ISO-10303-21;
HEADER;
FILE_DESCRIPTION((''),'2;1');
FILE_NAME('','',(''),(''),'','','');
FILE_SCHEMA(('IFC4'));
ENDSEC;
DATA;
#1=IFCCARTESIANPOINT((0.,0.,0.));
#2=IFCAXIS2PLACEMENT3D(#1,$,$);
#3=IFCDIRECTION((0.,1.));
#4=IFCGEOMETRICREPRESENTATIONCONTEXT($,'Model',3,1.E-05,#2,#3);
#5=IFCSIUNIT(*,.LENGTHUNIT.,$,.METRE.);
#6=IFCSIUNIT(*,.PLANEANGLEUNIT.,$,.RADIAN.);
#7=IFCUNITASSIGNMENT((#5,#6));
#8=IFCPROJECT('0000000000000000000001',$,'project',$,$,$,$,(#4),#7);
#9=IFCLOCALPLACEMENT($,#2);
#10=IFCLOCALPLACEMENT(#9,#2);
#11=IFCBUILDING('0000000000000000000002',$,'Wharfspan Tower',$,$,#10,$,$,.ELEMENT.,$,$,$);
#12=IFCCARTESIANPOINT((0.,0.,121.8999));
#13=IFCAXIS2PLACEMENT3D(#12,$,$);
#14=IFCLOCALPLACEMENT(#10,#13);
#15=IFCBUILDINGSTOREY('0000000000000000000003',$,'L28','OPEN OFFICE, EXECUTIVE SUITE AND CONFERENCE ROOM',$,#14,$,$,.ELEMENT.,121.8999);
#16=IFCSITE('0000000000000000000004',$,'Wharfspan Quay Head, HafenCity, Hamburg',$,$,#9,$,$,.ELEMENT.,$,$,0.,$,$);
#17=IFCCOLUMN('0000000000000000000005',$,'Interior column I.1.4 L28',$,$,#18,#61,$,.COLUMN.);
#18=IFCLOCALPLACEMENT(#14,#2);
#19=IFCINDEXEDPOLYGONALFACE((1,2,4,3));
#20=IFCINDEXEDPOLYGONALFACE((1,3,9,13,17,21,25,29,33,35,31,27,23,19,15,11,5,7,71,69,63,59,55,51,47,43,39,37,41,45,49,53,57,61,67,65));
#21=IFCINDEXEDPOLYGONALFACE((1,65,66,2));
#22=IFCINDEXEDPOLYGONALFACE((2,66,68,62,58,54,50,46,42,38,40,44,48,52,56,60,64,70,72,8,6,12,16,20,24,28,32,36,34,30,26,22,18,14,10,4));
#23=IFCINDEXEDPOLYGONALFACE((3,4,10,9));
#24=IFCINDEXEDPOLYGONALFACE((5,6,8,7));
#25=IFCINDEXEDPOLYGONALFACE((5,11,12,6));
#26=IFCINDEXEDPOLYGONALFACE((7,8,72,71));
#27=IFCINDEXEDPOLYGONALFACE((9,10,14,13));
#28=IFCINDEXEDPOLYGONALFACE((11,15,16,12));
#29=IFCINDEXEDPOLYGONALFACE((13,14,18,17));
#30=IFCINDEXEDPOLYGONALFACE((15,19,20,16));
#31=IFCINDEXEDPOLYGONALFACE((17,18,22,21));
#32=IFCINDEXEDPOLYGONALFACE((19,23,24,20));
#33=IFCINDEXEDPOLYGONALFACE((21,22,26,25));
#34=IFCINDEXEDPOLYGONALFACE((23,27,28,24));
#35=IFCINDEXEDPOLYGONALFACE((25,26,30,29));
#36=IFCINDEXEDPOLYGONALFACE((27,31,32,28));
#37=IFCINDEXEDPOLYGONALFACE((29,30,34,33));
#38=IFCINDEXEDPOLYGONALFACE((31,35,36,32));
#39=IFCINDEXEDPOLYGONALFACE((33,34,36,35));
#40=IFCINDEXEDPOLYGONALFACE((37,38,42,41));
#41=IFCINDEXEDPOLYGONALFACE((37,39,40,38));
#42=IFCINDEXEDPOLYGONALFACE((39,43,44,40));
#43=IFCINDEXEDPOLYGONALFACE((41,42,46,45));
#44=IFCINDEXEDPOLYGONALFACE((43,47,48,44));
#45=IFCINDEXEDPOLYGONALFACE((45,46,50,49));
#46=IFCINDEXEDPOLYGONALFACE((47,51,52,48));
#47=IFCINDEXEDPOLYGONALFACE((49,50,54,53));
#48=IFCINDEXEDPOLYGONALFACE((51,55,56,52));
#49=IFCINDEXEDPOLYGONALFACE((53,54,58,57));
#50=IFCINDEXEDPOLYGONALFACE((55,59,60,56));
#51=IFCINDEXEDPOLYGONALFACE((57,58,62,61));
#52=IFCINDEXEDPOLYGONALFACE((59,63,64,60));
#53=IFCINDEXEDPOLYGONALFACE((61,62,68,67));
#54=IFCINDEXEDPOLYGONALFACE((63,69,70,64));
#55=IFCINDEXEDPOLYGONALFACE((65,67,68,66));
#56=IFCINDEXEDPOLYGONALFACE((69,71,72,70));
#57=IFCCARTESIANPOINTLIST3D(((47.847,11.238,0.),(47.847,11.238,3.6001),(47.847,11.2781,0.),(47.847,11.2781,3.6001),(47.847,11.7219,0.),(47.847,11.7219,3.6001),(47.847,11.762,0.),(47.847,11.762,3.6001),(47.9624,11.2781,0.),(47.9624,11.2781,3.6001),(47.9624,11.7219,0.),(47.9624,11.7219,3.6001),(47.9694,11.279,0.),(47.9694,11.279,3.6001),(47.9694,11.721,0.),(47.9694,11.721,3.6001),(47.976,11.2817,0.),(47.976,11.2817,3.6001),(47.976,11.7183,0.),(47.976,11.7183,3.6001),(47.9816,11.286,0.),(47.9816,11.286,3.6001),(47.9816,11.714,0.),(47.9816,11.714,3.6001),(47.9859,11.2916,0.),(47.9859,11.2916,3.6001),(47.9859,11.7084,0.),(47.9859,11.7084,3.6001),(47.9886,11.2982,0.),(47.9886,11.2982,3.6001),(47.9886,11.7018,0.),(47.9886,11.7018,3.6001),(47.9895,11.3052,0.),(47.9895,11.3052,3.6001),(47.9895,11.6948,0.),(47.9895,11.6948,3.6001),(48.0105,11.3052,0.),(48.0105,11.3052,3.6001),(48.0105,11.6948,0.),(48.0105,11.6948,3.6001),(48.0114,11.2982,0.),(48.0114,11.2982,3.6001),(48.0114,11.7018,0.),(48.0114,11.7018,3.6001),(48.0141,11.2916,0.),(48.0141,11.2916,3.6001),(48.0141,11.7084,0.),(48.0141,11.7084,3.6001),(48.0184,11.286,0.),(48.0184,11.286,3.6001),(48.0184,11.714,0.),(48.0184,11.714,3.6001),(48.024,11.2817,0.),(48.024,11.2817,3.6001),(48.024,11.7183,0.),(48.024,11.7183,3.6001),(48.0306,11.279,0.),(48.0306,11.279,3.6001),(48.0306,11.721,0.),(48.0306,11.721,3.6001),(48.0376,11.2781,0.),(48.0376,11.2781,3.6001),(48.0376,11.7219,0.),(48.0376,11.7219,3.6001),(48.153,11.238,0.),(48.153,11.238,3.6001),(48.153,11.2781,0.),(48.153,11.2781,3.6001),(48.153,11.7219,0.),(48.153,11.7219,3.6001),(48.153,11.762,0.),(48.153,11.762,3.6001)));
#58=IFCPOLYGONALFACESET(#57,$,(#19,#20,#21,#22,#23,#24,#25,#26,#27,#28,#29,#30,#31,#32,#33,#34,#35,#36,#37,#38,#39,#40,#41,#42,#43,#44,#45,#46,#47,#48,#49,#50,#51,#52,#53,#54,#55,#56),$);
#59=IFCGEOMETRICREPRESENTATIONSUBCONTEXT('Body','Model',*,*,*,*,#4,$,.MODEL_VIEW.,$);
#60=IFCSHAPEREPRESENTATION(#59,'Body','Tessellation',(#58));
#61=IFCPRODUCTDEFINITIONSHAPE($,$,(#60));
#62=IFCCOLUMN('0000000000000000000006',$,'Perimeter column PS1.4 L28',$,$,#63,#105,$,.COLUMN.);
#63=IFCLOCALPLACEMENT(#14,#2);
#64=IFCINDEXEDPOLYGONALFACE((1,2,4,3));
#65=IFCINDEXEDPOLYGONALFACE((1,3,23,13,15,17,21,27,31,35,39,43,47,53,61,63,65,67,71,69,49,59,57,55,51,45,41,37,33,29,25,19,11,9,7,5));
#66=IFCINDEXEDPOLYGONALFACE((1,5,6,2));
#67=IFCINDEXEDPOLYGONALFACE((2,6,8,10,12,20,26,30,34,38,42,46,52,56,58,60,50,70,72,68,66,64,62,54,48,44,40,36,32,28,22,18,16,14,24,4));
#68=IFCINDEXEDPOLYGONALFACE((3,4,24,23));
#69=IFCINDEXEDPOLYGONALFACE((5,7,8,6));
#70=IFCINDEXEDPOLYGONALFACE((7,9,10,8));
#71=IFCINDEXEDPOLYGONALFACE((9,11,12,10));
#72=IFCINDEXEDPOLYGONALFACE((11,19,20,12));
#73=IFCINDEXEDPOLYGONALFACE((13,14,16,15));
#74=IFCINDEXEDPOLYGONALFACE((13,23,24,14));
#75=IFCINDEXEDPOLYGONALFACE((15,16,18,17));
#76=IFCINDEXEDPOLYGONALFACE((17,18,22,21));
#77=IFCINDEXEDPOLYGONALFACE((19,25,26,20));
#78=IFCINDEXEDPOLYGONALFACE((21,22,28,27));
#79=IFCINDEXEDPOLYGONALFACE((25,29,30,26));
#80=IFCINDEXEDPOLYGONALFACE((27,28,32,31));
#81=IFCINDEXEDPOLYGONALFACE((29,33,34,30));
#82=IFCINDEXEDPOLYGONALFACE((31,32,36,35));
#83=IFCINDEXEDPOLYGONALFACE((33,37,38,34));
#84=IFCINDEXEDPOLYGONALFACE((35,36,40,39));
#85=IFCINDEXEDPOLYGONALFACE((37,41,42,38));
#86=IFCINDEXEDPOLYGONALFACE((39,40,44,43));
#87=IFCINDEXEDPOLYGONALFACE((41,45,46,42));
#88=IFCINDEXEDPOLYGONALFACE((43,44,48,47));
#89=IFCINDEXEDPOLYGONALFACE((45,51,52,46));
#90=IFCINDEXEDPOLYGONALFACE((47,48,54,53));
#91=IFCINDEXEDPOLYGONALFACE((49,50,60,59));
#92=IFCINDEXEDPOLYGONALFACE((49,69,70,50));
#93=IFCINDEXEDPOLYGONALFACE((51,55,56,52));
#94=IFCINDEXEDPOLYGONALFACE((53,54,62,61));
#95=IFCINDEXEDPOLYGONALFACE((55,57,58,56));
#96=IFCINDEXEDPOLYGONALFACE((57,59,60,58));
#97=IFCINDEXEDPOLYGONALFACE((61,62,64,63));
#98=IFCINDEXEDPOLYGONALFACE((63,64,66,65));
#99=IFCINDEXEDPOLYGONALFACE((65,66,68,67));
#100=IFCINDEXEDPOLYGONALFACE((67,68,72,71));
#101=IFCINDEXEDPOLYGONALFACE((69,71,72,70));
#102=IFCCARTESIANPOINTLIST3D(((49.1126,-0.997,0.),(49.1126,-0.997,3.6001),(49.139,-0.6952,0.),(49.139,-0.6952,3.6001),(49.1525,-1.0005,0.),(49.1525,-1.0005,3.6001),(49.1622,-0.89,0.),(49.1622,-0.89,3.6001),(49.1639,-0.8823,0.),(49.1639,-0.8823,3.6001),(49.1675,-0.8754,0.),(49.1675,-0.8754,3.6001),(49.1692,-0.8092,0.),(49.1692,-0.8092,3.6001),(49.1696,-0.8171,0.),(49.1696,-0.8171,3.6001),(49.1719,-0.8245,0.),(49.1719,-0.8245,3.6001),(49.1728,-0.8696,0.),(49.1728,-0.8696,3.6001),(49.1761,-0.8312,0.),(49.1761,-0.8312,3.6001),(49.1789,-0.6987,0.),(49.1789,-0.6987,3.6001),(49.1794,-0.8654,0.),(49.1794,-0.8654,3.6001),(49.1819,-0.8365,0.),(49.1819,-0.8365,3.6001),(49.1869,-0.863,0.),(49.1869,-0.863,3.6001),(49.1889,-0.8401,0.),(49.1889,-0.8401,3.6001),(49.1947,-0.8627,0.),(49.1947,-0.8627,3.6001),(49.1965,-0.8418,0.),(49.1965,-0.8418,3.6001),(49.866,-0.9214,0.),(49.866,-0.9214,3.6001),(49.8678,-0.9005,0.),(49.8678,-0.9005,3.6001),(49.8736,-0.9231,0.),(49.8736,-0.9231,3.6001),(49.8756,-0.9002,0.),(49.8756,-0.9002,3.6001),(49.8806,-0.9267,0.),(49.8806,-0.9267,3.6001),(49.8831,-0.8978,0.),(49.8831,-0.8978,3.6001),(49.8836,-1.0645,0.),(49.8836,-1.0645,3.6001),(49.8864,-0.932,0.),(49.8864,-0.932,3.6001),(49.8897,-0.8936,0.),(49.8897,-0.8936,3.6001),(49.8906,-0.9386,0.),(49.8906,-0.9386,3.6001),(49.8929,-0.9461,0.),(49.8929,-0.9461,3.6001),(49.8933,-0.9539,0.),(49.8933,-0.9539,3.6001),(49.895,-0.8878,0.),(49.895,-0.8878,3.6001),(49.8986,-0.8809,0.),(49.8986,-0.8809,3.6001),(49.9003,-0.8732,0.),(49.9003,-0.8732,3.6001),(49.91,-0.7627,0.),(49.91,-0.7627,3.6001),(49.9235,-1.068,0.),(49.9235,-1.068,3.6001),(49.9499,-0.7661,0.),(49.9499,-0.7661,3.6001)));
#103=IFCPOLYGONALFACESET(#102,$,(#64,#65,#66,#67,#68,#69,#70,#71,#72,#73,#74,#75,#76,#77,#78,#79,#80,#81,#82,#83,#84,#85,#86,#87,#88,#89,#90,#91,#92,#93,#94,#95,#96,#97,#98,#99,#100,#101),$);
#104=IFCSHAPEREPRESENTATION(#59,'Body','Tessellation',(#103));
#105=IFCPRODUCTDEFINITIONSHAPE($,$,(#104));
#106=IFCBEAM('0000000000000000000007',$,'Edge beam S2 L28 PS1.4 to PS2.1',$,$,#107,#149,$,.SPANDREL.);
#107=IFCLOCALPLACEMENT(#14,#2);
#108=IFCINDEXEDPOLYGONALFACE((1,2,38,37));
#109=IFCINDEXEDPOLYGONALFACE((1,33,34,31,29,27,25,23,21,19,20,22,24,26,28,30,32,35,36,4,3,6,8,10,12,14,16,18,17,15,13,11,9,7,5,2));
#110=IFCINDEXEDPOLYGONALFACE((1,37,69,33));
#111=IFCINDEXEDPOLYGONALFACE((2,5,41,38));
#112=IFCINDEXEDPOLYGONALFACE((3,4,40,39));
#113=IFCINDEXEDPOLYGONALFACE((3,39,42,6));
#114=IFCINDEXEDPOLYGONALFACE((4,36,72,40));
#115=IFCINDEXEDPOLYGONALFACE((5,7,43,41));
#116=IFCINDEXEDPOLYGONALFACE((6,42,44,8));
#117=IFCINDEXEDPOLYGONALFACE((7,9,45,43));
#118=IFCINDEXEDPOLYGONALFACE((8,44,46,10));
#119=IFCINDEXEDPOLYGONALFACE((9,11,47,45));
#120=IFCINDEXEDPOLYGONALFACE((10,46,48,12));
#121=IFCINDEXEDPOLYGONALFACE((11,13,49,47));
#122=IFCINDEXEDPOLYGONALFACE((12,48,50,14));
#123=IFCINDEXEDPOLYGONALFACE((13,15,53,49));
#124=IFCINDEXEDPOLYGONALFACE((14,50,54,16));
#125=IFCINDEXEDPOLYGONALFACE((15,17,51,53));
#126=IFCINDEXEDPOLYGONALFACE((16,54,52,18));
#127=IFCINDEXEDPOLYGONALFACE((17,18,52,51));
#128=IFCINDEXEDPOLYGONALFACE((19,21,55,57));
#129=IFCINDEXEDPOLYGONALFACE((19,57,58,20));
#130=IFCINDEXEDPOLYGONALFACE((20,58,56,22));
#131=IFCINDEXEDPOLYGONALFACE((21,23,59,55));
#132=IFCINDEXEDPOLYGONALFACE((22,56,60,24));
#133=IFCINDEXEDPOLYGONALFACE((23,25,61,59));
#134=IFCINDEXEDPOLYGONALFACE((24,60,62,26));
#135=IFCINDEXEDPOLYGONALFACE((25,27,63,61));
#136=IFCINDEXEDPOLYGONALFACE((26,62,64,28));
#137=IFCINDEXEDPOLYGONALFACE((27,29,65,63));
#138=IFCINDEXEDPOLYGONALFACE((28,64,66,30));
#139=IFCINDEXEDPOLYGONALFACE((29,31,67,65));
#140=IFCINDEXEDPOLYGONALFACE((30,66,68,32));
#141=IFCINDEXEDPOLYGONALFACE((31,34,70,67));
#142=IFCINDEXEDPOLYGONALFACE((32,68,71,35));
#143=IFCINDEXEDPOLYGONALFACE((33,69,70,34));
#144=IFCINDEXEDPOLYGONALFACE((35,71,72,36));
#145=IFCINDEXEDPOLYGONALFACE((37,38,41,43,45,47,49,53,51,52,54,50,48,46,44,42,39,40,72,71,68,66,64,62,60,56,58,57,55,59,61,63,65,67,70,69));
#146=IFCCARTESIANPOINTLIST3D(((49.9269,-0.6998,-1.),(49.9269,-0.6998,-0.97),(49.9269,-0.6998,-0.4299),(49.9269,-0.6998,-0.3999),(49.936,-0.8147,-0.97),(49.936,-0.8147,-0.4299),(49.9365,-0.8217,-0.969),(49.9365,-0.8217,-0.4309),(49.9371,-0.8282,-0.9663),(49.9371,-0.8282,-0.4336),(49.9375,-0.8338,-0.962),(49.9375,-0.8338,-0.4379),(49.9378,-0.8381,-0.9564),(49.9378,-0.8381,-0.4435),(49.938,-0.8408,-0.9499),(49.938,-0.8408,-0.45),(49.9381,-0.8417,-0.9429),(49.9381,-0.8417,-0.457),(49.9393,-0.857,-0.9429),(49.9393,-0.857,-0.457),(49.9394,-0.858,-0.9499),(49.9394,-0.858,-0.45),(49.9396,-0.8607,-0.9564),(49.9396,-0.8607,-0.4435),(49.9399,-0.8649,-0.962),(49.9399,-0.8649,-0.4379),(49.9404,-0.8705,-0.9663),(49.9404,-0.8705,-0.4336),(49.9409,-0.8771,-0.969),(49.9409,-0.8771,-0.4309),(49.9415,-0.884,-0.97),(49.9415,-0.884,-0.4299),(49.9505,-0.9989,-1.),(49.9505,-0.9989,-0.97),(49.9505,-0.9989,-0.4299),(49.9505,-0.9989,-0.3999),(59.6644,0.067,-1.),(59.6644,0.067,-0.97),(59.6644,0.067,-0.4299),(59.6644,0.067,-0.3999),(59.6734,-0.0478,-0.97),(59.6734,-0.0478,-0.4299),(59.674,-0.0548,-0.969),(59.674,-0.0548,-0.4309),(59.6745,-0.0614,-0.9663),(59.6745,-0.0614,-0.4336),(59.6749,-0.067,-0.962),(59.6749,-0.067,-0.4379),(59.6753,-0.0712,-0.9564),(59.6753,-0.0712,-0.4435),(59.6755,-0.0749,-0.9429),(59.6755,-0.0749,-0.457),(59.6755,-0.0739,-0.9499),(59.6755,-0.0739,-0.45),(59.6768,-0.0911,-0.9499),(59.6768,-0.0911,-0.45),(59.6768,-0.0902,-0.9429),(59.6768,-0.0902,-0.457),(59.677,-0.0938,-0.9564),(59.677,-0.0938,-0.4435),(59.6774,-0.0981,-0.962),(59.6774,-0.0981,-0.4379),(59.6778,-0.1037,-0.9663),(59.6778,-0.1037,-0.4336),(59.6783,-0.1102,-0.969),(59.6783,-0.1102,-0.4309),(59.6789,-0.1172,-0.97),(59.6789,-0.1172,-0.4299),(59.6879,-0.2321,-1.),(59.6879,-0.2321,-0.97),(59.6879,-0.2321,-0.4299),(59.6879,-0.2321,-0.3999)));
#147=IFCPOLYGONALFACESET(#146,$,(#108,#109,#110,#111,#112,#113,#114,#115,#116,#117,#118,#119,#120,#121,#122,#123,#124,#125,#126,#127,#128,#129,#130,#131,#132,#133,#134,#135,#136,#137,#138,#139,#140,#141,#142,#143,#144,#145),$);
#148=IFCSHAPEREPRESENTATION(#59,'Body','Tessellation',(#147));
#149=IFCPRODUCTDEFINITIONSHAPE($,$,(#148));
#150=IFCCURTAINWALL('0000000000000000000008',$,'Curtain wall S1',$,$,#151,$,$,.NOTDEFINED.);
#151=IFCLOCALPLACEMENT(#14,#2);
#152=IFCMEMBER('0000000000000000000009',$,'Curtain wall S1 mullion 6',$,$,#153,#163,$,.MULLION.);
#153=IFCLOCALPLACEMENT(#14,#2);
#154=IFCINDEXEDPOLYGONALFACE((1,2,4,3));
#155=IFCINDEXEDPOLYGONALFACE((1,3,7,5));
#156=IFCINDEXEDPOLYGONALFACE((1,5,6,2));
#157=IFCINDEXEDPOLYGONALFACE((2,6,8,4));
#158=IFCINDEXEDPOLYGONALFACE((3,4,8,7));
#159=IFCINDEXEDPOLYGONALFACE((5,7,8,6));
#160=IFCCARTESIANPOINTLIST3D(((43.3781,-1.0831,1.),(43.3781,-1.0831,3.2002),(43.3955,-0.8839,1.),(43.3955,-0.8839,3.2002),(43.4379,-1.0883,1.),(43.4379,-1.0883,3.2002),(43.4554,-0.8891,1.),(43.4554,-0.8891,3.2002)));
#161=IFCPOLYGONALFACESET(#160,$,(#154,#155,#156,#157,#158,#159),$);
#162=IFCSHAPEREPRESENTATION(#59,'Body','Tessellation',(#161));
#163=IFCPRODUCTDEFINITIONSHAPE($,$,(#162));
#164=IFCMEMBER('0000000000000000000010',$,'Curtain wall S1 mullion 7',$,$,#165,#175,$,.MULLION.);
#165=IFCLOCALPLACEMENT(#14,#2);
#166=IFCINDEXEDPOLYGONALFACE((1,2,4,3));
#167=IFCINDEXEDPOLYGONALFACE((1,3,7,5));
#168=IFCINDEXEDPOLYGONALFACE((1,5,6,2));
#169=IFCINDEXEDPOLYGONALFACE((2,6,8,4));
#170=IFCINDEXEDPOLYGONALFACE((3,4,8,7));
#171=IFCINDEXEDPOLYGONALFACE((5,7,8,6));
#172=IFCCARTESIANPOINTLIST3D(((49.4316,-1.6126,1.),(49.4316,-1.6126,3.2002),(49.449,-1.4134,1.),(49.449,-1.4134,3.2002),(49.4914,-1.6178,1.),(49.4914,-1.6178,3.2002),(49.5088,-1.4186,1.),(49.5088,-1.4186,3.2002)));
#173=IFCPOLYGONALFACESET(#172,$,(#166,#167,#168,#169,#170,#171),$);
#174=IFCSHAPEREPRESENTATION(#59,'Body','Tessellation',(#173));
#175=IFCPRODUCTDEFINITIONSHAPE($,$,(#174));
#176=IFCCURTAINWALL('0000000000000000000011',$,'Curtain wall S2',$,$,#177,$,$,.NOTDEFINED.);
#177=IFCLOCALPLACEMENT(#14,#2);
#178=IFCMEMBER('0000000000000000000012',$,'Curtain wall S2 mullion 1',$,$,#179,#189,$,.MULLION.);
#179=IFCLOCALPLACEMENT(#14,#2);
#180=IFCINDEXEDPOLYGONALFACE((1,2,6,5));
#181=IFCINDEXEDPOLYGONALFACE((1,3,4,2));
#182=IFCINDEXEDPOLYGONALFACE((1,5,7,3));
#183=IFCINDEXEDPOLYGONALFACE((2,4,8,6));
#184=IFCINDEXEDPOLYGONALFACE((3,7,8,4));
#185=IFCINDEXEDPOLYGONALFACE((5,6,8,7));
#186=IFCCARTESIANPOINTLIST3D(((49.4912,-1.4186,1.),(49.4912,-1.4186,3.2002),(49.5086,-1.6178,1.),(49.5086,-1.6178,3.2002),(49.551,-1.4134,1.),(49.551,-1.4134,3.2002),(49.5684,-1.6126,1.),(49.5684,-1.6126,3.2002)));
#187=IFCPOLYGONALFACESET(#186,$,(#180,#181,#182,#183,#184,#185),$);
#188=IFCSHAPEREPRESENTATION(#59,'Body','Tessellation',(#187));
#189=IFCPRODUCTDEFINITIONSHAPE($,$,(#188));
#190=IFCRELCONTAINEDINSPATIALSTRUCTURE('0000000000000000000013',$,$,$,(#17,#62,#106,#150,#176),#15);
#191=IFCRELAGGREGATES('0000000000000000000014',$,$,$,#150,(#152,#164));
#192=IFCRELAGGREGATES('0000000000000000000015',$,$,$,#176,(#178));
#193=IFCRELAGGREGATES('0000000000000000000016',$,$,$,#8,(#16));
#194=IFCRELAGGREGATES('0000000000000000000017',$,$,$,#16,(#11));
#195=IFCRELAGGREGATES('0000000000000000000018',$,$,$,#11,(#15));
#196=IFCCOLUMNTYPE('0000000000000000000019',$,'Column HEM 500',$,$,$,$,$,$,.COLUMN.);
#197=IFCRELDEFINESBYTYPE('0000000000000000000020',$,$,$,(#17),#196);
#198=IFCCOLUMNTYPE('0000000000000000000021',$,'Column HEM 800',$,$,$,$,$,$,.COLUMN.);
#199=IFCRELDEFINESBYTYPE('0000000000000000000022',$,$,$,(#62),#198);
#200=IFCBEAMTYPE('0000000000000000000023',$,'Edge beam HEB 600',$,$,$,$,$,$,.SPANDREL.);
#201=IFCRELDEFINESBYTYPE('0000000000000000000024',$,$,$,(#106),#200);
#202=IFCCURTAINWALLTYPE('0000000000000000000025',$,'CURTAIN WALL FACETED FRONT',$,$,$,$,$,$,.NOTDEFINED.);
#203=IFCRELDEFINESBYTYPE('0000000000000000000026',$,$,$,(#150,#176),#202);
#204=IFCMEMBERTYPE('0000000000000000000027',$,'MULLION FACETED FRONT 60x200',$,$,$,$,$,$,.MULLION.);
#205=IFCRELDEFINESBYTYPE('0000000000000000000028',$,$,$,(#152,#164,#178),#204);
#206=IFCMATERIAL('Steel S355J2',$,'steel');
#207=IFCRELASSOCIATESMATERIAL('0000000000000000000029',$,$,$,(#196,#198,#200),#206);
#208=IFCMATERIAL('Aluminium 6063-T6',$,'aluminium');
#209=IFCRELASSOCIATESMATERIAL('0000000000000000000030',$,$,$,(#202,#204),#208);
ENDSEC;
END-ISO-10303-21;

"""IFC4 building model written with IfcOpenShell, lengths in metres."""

from ifc_helpers import new_model, si_unit, direction, frame, origin, origin_2d, place, context, subcontext, project, spatial, rectangle, i_section, extrude, material, material_profile, profile_set, type_object, element, aggregate, save


model = new_model("IFC4")

# Units and contexts
model_context = context("Model", 3, precision=1e-05, world=origin(), true_north=direction((0.0, 1.0)))
body_context = subcontext(model_context, "Body", "Model", "MODEL_VIEW")
ifc_project = project(units=[si_unit("LENGTHUNIT", "METRE"), si_unit("PLANEANGLEUNIT", "RADIAN")], contexts=[model_context])

# Site, building, storey
site_placement = place(None, origin())
site = spatial("IfcSite", under=ifc_project, at=site_placement, Name="Wharfspan Quay Head, HafenCity, Hamburg", CompositionType="ELEMENT", RefElevation=0.0)
building_placement = place(site_placement, origin())
building = spatial("IfcBuilding", under=site, at=building_placement, Name="Wharfspan Tower", CompositionType="ELEMENT")
storey_placement = place(building_placement, frame((0.0, 0.0, 121.8999)))
storey = spatial("IfcBuildingStorey", under=building, at=storey_placement, Name="L28", Description="OPEN OFFICE, EXECUTIVE SUITE AND CONFERENCE ROOM", CompositionType="ELEMENT", Elevation=121.8999)

# Columns
ifc_material_1 = material(Name="Steel S355J2", Category="steel")
ifc_material_profile_1 = material_profile(ifc_material_1, i_section(OverallWidth=0.3059, OverallDepth=0.5239, WebThickness=0.021, FlangeThickness=0.04, FilletRadius=0.0271, at=origin_2d()))
ifc_profile_set_1 = profile_set([ifc_material_profile_1], Name="Steel S355J2")
column_type_1 = type_object("IfcColumnType", Name="Column HEM 500", PredefinedType="COLUMN", material=ifc_profile_set_1)
column_1_placement = place(storey_placement, frame((48.0, 11.5, 0.0), z_axis=(0.0, 0.0, 1.0), x_axis=(1.0, 0.0, 0.0)))
element("IfcColumn", 1, at=column_1_placement, inside=storey, type_object=column_type_1, Name="Interior column I.1.4 L28", PredefinedType="COLUMN", context=body_context, shape_type="SweptSolid", body=[
    extrude(i_section(OverallWidth=0.3059, OverallDepth=0.5239, WebThickness=0.021, FlangeThickness=0.04, FilletRadius=0.0271, at=origin_2d()), origin(), (0.0, 0.0, 1.0), 3.6001),
])
ifc_material_profile_2 = material_profile(ifc_material_1, i_section(OverallWidth=0.303, OverallDepth=0.814, WebThickness=0.021, FlangeThickness=0.04, FilletRadius=0.03, at=origin_2d()))
ifc_profile_set_2 = profile_set([ifc_material_profile_2], Name="Steel S355J2")
column_type_2 = type_object("IfcColumnType", Name="Column HEM 800", PredefinedType="COLUMN", material=ifc_profile_set_2)
column_2_placement = place(storey_placement, frame((49.5312, -0.8816, 0.0), z_axis=(0.0, 0.0, 1.0), x_axis=(-0.087156, -0.996198, 0.0)))
element("IfcColumn", 2, at=column_2_placement, inside=storey, type_object=column_type_2, Name="Perimeter column PS1.4 L28", PredefinedType="COLUMN", context=body_context, shape_type="SweptSolid", body=[
    extrude(i_section(OverallWidth=0.303, OverallDepth=0.814, WebThickness=0.021, FlangeThickness=0.04, FilletRadius=0.03, at=origin_2d()), origin(), (0.0, 0.0, 1.0), 3.6001),
])

# Beam
ifc_material_profile_3 = material_profile(ifc_material_1, i_section(OverallWidth=0.3, OverallDepth=0.6001, WebThickness=0.0154, FlangeThickness=0.03, FilletRadius=0.0271, at=origin_2d()))
ifc_profile_set_3 = profile_set([ifc_material_profile_3], Name="Steel S355J2")
beam_type = type_object("IfcBeamType", Name="Edge beam HEB 600", PredefinedType="SPANDREL", material=ifc_profile_set_3)
beam_placement = place(storey_placement, frame((49.9387, -0.8494, -0.7), z_axis=(0.996913, 0.078508, 0.0), x_axis=(-0.078508, 0.996913, 0.0)))
element("IfcBeam", 3, at=beam_placement, inside=storey, type_object=beam_type, Name="Edge beam S2 L28 PS1.4 to PS2.1", PredefinedType="SPANDREL", context=body_context, shape_type="SweptSolid", body=[
    extrude(i_section(OverallWidth=0.3, OverallDepth=0.6001, WebThickness=0.0154, FlangeThickness=0.03, FilletRadius=0.0271, at=origin_2d()), origin(), (0.0, 0.0, 1.0), 9.7676),
])

# Curtain walls, members
ifc_material_2 = material(Name="Aluminium 6063-T6", Category="aluminium")
curtain_wall_type = type_object("IfcCurtainWallType", Name="CURTAIN WALL FACETED FRONT", PredefinedType="NOTDEFINED", material=ifc_material_2)
curtain_wall_1_placement = place(storey_placement, origin())
curtain_wall_1 = element("IfcCurtainWall", 4, at=curtain_wall_1_placement, inside=storey, type_object=curtain_wall_type, Name="Curtain wall S1", PredefinedType="NOTDEFINED")
ifc_material_profile_4 = material_profile(ifc_material_2, rectangle(XDim=0.2, YDim=0.0601, at=origin_2d()))
ifc_profile_set_4 = profile_set([ifc_material_profile_4], Name="Aluminium 6063-T6")
member_type_1 = type_object("IfcMemberType", Name="MULLION FACETED FRONT 60x200", PredefinedType="MULLION", material=ifc_profile_set_4)
member_1_placement = place(storey_placement, frame((43.4167, -0.9861, 1.0), z_axis=(0.0, 0.0, 1.0), x_axis=(0.087156, 0.996198, 0.0)))
member_1 = element("IfcMember", 5, at=member_1_placement, type_object=member_type_1, Name="Curtain wall S1 mullion 6", PredefinedType="MULLION", context=body_context, shape_type="SweptSolid", body=[
    extrude(rectangle(XDim=0.2, YDim=0.0601, at=origin_2d()), origin(), (0.0, 0.0, 1.0), 2.2002),
])
member_2_placement = place(storey_placement, frame((49.4702, -1.5156, 1.0), z_axis=(0.0, 0.0, 1.0), x_axis=(0.087156, 0.996198, 0.0)))
member_2 = element("IfcMember", 6, at=member_2_placement, type_object=member_type_1, Name="Curtain wall S1 mullion 7", PredefinedType="MULLION", context=body_context, shape_type="SweptSolid", body=[
    extrude(rectangle(XDim=0.2, YDim=0.0601, at=origin_2d()), origin(), (0.0, 0.0, 1.0), 2.2002),
])
curtain_wall_2_placement = place(storey_placement, origin())
curtain_wall_2 = element("IfcCurtainWall", 7, at=curtain_wall_2_placement, inside=storey, type_object=curtain_wall_type, Name="Curtain wall S2", PredefinedType="NOTDEFINED")
member_3_placement = place(storey_placement, frame((49.5298, -1.5156, 1.0), z_axis=(0.0, 0.0, 1.0), x_axis=(-0.087156, 0.996198, 0.0)))
member_3 = element("IfcMember", 8, at=member_3_placement, type_object=member_type_1, Name="Curtain wall S2 mullion 1", PredefinedType="MULLION", context=body_context, shape_type="SweptSolid", body=[
    extrude(rectangle(XDim=0.2, YDim=0.0601, at=origin_2d()), origin(), (0.0, 0.0, 1.0), 2.2002),
])

aggregate(curtain_wall_1, [member_1, member_2])
aggregate(curtain_wall_2, [member_3])

save(model, "model.ifc")
